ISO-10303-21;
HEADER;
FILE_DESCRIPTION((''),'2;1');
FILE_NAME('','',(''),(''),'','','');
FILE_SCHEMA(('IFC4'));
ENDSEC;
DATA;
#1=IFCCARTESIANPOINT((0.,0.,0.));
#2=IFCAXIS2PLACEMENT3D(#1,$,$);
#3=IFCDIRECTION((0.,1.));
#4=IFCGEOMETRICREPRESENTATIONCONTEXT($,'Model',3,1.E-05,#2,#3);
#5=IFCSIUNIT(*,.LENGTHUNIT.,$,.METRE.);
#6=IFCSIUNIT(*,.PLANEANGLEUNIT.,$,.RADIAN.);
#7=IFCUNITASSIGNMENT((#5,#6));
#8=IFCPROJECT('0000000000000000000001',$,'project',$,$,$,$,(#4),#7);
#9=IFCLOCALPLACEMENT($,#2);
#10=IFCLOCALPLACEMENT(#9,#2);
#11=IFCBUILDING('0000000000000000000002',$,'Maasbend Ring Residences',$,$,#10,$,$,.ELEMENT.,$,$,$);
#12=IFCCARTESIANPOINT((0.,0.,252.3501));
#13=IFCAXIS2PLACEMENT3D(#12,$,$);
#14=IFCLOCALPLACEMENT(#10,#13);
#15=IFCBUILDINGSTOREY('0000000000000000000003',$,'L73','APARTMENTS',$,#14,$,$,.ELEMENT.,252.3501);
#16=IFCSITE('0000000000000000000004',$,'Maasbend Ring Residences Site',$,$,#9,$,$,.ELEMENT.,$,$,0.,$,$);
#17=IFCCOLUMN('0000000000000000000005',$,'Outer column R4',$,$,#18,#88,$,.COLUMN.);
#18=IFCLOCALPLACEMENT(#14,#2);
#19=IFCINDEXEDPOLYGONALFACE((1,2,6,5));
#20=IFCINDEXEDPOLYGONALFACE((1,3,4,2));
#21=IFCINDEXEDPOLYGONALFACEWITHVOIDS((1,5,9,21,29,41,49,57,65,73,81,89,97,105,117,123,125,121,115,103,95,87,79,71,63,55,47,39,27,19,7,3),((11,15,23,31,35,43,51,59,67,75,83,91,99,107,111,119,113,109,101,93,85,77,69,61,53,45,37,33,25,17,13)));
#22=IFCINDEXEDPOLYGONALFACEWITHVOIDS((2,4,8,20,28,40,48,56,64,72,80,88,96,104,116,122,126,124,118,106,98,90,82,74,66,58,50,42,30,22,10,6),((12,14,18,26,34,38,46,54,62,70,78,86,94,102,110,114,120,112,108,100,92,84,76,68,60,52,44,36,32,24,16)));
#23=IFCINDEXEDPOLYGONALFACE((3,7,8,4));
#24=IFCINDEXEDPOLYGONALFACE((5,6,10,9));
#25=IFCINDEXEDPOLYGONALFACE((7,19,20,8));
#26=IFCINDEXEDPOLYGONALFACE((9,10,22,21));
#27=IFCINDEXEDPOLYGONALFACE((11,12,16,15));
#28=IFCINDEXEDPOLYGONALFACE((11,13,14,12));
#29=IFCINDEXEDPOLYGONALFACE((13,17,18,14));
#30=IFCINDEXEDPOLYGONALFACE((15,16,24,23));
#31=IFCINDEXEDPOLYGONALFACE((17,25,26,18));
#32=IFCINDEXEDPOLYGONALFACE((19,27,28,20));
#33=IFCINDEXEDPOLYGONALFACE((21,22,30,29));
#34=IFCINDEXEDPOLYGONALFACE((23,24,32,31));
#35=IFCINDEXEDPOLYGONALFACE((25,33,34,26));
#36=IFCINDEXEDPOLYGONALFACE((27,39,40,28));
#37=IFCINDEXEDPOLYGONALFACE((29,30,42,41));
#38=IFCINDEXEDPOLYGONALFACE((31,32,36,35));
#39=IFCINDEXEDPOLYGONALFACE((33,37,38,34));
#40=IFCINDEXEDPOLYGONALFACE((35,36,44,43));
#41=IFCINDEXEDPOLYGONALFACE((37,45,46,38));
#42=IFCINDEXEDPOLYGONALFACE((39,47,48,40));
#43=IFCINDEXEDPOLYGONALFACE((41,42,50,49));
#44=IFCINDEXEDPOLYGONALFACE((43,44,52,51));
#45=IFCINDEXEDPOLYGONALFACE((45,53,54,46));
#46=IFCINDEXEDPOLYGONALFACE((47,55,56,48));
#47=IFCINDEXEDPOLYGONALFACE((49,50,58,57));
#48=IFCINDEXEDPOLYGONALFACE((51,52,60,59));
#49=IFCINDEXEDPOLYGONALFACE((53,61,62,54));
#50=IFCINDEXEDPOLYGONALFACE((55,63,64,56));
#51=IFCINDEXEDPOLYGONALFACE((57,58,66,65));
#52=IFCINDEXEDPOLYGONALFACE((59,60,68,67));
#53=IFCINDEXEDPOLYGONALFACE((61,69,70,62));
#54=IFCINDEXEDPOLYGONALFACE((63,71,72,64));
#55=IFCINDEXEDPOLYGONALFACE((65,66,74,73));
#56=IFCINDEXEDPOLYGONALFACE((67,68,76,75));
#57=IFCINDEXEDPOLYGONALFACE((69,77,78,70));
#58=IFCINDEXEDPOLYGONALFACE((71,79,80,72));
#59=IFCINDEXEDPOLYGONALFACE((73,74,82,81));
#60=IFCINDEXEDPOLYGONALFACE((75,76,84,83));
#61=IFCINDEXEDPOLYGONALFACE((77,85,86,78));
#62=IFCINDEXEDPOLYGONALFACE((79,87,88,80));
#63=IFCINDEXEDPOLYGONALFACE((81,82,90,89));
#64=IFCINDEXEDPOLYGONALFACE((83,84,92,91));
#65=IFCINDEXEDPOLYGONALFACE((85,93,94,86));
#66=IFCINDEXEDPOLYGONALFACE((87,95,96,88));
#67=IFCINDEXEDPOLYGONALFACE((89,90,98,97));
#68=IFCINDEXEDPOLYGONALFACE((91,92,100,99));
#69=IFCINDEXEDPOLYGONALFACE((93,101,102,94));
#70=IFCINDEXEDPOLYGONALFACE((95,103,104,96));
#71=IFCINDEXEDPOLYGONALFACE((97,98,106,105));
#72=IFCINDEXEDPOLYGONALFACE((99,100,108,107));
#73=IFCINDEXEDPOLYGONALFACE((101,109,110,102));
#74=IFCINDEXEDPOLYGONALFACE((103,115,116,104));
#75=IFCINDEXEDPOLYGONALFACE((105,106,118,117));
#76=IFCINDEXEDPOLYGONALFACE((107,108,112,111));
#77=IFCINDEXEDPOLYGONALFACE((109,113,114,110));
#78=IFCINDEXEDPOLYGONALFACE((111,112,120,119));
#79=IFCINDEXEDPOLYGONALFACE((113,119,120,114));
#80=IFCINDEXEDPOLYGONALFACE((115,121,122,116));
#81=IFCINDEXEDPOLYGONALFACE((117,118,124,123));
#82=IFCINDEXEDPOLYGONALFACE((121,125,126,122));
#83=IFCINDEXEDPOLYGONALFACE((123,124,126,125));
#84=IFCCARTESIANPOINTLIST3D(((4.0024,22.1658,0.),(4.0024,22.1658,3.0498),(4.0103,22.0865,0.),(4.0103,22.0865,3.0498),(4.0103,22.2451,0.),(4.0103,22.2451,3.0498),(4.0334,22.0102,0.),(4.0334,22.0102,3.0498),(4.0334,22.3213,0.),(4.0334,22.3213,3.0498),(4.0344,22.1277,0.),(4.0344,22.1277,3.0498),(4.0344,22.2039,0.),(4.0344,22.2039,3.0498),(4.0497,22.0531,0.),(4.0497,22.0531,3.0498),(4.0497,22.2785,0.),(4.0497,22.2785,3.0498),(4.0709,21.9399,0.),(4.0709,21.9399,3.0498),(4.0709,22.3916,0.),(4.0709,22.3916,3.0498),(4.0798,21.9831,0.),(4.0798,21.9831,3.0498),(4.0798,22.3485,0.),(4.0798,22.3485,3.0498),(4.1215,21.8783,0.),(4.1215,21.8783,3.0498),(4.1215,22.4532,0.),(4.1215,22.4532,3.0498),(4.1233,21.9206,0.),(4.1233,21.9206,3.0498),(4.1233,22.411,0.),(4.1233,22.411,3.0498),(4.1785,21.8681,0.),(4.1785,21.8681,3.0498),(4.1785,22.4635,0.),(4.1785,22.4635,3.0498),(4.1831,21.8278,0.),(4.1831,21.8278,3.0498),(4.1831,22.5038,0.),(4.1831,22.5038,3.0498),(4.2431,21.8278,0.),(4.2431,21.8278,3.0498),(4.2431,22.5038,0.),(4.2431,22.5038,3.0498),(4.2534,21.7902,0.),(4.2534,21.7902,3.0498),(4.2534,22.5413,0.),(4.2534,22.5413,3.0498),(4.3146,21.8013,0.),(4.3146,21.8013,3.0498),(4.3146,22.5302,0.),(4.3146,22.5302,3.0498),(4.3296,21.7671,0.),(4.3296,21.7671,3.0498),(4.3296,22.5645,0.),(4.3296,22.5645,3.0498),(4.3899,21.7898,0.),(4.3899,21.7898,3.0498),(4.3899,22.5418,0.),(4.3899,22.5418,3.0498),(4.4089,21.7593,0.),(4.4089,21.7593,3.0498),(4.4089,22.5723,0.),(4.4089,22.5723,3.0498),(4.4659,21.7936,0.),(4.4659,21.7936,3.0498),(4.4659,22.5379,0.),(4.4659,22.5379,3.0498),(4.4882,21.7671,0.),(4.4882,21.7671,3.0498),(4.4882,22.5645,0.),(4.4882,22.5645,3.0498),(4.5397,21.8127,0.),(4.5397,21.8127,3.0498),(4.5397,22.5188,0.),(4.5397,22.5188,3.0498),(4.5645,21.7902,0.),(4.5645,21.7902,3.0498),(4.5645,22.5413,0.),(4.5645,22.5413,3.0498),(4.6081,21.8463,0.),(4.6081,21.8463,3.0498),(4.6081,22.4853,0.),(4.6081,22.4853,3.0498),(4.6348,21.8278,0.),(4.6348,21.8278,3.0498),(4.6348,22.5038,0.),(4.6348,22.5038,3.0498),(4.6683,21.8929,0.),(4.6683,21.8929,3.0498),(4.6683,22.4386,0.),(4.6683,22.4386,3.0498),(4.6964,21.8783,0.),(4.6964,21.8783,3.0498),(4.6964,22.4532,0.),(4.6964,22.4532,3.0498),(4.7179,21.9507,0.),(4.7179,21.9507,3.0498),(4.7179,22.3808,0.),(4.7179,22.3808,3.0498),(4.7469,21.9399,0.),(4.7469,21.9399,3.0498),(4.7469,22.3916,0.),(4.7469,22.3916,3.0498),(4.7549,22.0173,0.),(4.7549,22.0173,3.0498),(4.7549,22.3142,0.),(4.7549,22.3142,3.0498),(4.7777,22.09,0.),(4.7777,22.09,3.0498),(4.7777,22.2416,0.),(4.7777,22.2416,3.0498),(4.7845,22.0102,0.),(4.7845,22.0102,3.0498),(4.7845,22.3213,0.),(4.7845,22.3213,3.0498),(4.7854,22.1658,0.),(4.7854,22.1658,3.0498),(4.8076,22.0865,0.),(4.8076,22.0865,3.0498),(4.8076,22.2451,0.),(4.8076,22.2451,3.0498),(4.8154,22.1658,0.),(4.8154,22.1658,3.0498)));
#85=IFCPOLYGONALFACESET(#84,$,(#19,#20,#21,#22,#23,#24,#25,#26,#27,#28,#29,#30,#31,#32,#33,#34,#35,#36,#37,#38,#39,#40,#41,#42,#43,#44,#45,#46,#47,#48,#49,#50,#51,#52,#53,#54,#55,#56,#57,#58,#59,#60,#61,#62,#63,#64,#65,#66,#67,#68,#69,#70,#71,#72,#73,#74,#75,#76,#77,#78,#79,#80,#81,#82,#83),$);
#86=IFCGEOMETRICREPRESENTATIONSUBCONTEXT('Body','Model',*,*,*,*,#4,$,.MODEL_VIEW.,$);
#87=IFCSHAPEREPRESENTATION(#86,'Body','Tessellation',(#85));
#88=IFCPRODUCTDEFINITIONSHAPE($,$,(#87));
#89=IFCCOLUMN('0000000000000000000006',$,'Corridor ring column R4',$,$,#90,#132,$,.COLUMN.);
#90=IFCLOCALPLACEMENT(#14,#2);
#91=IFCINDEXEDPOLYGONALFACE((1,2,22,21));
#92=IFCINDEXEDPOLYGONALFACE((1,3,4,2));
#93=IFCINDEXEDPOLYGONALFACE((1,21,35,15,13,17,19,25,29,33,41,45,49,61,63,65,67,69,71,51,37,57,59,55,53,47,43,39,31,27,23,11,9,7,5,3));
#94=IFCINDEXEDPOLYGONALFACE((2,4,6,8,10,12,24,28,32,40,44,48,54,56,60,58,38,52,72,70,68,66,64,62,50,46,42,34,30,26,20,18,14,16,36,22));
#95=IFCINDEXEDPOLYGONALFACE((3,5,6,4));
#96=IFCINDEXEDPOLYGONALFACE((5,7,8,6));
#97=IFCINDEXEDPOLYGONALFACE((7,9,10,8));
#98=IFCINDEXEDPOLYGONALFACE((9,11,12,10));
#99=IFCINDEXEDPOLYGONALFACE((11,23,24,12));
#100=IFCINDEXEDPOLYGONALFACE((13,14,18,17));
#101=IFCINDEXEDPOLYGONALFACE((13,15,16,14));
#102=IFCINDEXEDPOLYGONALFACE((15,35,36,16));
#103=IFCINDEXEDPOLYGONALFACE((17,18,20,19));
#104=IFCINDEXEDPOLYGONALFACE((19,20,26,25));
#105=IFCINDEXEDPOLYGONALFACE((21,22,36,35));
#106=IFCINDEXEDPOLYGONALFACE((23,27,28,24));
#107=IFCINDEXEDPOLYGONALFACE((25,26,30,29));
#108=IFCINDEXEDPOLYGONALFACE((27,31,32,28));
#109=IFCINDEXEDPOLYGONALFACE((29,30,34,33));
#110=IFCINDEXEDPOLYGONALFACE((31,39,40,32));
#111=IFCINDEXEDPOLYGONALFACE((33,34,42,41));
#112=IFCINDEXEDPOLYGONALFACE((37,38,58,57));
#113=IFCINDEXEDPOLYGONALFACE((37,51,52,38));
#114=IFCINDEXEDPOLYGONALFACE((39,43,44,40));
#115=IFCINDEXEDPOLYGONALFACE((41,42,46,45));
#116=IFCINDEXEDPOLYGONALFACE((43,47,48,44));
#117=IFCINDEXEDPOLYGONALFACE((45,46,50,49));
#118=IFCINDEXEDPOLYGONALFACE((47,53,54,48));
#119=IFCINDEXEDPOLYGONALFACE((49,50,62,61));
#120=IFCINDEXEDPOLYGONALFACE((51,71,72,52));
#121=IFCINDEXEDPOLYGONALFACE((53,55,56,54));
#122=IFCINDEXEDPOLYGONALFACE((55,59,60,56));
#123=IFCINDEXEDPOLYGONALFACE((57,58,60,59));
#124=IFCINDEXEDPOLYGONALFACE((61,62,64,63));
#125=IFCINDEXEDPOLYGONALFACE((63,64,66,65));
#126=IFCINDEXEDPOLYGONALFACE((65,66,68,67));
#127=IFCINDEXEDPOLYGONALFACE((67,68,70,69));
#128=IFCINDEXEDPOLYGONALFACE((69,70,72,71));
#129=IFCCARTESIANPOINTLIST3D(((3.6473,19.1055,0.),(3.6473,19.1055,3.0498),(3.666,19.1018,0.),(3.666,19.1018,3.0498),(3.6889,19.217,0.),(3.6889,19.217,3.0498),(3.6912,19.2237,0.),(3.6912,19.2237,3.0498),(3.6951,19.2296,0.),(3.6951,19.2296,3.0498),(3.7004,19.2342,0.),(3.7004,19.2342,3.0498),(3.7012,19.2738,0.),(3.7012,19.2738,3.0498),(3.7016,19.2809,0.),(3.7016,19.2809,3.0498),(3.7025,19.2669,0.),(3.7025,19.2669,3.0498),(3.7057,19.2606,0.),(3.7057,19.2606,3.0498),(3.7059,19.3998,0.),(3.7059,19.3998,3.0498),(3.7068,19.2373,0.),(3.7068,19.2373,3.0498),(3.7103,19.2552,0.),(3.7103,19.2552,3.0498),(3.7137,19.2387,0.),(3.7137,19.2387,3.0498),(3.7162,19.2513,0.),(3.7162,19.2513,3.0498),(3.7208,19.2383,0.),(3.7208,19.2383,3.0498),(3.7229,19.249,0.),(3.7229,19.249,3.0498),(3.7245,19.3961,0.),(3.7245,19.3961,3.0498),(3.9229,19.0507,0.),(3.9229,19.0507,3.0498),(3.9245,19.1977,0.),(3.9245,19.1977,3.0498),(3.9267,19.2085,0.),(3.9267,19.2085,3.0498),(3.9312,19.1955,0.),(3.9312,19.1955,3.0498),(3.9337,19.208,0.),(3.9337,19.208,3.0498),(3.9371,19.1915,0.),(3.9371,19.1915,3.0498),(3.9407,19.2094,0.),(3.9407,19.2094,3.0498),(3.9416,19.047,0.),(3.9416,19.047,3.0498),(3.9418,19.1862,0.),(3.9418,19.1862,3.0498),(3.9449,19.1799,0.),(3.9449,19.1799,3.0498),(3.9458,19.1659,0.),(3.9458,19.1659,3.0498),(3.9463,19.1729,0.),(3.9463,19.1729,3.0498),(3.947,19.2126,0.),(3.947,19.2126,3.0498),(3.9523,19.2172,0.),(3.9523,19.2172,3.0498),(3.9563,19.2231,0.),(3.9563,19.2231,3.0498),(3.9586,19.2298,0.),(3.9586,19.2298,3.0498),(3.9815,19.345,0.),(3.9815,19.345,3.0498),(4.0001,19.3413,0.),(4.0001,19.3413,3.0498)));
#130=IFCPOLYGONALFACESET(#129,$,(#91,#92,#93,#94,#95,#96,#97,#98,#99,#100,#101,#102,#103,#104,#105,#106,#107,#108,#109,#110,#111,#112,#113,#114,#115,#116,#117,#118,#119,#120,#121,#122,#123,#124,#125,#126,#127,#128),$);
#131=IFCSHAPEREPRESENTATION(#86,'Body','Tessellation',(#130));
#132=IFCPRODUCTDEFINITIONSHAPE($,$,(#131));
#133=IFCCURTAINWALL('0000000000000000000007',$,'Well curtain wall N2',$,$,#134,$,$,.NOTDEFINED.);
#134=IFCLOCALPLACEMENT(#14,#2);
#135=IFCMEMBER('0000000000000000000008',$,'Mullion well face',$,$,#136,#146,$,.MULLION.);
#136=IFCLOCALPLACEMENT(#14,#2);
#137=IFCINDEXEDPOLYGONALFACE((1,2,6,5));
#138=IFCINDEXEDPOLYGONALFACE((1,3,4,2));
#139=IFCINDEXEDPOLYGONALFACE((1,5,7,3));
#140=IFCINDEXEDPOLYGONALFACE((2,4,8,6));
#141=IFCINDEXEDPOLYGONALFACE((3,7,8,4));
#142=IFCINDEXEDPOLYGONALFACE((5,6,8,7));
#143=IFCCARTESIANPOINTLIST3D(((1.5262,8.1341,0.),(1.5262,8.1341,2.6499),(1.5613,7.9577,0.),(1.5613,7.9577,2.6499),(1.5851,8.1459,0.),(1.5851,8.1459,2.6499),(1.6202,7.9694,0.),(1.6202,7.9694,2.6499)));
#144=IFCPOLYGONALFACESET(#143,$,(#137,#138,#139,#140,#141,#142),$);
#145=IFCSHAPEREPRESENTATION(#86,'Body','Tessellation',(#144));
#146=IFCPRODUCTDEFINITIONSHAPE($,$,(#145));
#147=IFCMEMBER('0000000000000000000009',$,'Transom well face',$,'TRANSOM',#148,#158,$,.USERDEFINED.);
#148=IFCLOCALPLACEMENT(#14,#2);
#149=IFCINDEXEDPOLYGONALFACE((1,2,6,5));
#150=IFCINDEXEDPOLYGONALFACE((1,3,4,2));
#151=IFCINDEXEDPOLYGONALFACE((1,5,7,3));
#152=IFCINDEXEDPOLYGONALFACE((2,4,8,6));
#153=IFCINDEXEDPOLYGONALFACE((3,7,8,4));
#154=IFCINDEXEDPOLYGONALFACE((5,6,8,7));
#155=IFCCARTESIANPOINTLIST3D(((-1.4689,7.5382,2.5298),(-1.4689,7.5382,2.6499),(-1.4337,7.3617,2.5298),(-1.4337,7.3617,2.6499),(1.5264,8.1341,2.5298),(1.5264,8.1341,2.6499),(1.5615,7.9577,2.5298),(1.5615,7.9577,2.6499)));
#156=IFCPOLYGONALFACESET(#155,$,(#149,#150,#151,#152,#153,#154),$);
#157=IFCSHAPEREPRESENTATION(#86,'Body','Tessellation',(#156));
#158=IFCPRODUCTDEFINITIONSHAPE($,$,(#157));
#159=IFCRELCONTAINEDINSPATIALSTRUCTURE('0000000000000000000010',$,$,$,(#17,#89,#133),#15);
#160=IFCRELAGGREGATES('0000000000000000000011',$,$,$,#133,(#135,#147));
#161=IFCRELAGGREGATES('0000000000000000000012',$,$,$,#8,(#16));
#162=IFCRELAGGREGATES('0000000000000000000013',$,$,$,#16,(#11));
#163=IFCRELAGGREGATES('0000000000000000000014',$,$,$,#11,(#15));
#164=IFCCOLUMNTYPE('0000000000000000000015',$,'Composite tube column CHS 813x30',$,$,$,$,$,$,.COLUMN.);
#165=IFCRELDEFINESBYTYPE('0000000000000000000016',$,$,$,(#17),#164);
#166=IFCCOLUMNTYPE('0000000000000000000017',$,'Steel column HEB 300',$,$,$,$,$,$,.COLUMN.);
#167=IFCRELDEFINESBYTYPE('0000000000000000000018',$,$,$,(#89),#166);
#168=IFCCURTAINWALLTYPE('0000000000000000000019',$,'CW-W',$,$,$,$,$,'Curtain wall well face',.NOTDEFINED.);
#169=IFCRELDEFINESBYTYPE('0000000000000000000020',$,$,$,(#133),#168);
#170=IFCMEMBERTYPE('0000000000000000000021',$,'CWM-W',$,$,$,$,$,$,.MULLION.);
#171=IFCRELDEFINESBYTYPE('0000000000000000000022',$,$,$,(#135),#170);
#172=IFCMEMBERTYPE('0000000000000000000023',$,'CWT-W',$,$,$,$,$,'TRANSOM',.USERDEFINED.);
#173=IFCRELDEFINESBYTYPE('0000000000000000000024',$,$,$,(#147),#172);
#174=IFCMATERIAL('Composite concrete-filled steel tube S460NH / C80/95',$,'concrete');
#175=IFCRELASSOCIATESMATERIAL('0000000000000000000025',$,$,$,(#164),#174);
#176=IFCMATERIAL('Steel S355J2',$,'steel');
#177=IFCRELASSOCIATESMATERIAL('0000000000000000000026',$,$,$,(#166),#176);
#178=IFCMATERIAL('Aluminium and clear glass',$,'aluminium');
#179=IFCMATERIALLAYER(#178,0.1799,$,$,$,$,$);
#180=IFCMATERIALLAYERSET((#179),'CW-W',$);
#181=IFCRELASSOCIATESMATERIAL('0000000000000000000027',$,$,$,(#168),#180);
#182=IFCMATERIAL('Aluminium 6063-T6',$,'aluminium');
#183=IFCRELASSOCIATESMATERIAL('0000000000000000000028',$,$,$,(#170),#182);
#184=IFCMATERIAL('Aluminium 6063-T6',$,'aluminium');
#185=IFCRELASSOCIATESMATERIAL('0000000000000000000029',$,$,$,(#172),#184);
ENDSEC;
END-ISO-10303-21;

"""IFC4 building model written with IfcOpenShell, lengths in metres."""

from ifc_helpers import new_model, si_unit, direction, frame, origin, origin_2d, place, context, subcontext, project, spatial, rectangle, hollow_circle, i_section, extrude, material, layer, layer_set, material_profile, profile_set, type_object, element, aggregate, save


model = new_model("IFC4")

# Units and contexts
model_context = context("Model", 3, precision=1e-05, world=origin(), true_north=direction((0.0, 1.0)))
body_context = subcontext(model_context, "Body", "Model", "MODEL_VIEW")
ifc_project = project(units=[si_unit("LENGTHUNIT", "METRE"), si_unit("PLANEANGLEUNIT", "RADIAN")], contexts=[model_context])

# Site, building, storey
site_placement = place(None, origin())
site = spatial("IfcSite", under=ifc_project, at=site_placement, Name="Maasbend Ring Residences Site", CompositionType="ELEMENT", RefElevation=0.0)
building_placement = place(site_placement, origin())
building = spatial("IfcBuilding", under=site, at=building_placement, Name="Maasbend Ring Residences", CompositionType="ELEMENT")
storey_placement = place(building_placement, frame((0.0, 0.0, 252.3501)))
storey = spatial("IfcBuildingStorey", under=building, at=storey_placement, Name="L73", Description="APARTMENTS", CompositionType="ELEMENT", Elevation=252.3501)

# Columns
ifc_material_1 = material(Name="Composite concrete-filled steel tube S460NH / C80/95", Category="concrete")
ifc_material_profile_1 = material_profile(ifc_material_1, hollow_circle(Radius=0.4065, WallThickness=0.03, at=origin_2d()), Name="Composite tube column CHS 813x30")
ifc_profile_set_1 = profile_set([ifc_material_profile_1], Name="Composite concrete-filled steel tube S460NH / C80/95")
column_type_1 = type_object("IfcColumnType", Name="Composite tube column CHS 813x30", PredefinedType="COLUMN", material=ifc_profile_set_1)
column_1_placement = place(storey_placement, frame((4.4089, 22.1658, 0.0), z_axis=(0.0, 0.0, 1.0), x_axis=(1.0, 0.0, 0.0)))
element("IfcColumn", 1, at=column_1_placement, inside=storey, type_object=column_type_1, Name="Outer column R4", PredefinedType="COLUMN", context=body_context, shape_type="SweptSolid", body=[
    extrude(hollow_circle(Radius=0.4065, WallThickness=0.03, at=origin_2d()), origin(), (0.0, 0.0, 1.0), 3.0498),
])
ifc_material_2 = material(Name="Steel S355J2", Category="steel")
ifc_material_profile_2 = material_profile(ifc_material_2, i_section(OverallWidth=0.3, OverallDepth=0.3, WebThickness=0.011, FlangeThickness=0.019, FilletRadius=0.0271, at=origin_2d()), Name="HEB 300")
ifc_profile_set_2 = profile_set([ifc_material_profile_2], Name="Steel S355J2")
column_type_2 = type_object("IfcColumnType", Name="Steel column HEB 300", PredefinedType="COLUMN", material=ifc_profile_set_2)
column_2_placement = place(storey_placement, frame((3.8237, 19.2234, 0.0), z_axis=(0.0, 0.0, 1.0), x_axis=(0.19509, 0.980785, 0.0)))
element("IfcColumn", 2, at=column_2_placement, inside=storey, type_object=column_type_2, Name="Corridor ring column R4", PredefinedType="COLUMN", context=body_context, shape_type="SweptSolid", body=[
    extrude(i_section(OverallWidth=0.3, OverallDepth=0.3, WebThickness=0.011, FlangeThickness=0.019, FilletRadius=0.0271, at=origin_2d()), origin(), (0.0, 0.0, 1.0), 3.0498),
])

# Curtain wall, members
ifc_material_3 = material(Name="Aluminium and clear glass", Category="aluminium")
ifc_layer_1 = layer(ifc_material_3, 0.1799)
ifc_layer_set_1 = layer_set([ifc_layer_1], Name="CW-W")
curtain_wall_type = type_object("IfcCurtainWallType", Name="CW-W", ElementType="Curtain wall well face", PredefinedType="NOTDEFINED", material=ifc_layer_set_1)
curtain_wall_placement = place(storey_placement, origin())
curtain_wall = element("IfcCurtainWall", 3, at=curtain_wall_placement, inside=storey, type_object=curtain_wall_type, Name="Well curtain wall N2", PredefinedType="NOTDEFINED")
ifc_material_4 = material(Name="Aluminium 6063-T6", Category="aluminium")
ifc_material_profile_3 = material_profile(ifc_material_4, rectangle(XDim=0.1799, YDim=0.0601, at=origin_2d()), Name="AL 180x60")
ifc_profile_set_3 = profile_set([ifc_material_profile_3], Name="Aluminium 6063-T6")
member_type_1 = type_object("IfcMemberType", Name="CWM-W", PredefinedType="MULLION", material=ifc_profile_set_3)
member_1_placement = place(storey_placement, frame((1.5732, 8.0518, 0.0), z_axis=(0.0, 0.0, 1.0), x_axis=(0.19509, -0.980785, 0.0)))
member_1 = element("IfcMember", 4, at=member_1_placement, type_object=member_type_1, Name="Mullion well face", PredefinedType="MULLION", context=body_context, shape_type="SweptSolid", body=[
    extrude(rectangle(XDim=0.1799, YDim=0.0601, at=origin_2d()), origin(), (0.0, 0.0, 1.0), 2.6499),
])
ifc_material_5 = material(Name="Aluminium 6063-T6", Category="aluminium")
ifc_material_profile_4 = material_profile(ifc_material_5, rectangle(XDim=0.1799, YDim=0.1201, at=origin_2d()), Name="AL 180x120")
ifc_profile_set_4 = profile_set([ifc_material_profile_4], Name="Aluminium 6063-T6")
member_type_2 = type_object("IfcMemberType", Name="CWT-W", ElementType="TRANSOM", PredefinedType="USERDEFINED", material=ifc_profile_set_4)
member_2_placement = place(storey_placement, frame((1.5439, 8.0459, 2.5898), z_axis=(-0.980777, -0.195132, 0.0), x_axis=(0.195132, -0.980777, 0.0)))
member_2 = element("IfcMember", 5, at=member_2_placement, type_object=member_type_2, Name="Transom well face", ObjectType="TRANSOM", PredefinedType="USERDEFINED", context=body_context, shape_type="SweptSolid", body=[
    extrude(rectangle(XDim=0.1799, YDim=0.1201, at=origin_2d()), origin(), (0.0, 0.0, 1.0), 3.054),
])
aggregate(curtain_wall, [member_1, member_2])

save(model, "model.ifc")
